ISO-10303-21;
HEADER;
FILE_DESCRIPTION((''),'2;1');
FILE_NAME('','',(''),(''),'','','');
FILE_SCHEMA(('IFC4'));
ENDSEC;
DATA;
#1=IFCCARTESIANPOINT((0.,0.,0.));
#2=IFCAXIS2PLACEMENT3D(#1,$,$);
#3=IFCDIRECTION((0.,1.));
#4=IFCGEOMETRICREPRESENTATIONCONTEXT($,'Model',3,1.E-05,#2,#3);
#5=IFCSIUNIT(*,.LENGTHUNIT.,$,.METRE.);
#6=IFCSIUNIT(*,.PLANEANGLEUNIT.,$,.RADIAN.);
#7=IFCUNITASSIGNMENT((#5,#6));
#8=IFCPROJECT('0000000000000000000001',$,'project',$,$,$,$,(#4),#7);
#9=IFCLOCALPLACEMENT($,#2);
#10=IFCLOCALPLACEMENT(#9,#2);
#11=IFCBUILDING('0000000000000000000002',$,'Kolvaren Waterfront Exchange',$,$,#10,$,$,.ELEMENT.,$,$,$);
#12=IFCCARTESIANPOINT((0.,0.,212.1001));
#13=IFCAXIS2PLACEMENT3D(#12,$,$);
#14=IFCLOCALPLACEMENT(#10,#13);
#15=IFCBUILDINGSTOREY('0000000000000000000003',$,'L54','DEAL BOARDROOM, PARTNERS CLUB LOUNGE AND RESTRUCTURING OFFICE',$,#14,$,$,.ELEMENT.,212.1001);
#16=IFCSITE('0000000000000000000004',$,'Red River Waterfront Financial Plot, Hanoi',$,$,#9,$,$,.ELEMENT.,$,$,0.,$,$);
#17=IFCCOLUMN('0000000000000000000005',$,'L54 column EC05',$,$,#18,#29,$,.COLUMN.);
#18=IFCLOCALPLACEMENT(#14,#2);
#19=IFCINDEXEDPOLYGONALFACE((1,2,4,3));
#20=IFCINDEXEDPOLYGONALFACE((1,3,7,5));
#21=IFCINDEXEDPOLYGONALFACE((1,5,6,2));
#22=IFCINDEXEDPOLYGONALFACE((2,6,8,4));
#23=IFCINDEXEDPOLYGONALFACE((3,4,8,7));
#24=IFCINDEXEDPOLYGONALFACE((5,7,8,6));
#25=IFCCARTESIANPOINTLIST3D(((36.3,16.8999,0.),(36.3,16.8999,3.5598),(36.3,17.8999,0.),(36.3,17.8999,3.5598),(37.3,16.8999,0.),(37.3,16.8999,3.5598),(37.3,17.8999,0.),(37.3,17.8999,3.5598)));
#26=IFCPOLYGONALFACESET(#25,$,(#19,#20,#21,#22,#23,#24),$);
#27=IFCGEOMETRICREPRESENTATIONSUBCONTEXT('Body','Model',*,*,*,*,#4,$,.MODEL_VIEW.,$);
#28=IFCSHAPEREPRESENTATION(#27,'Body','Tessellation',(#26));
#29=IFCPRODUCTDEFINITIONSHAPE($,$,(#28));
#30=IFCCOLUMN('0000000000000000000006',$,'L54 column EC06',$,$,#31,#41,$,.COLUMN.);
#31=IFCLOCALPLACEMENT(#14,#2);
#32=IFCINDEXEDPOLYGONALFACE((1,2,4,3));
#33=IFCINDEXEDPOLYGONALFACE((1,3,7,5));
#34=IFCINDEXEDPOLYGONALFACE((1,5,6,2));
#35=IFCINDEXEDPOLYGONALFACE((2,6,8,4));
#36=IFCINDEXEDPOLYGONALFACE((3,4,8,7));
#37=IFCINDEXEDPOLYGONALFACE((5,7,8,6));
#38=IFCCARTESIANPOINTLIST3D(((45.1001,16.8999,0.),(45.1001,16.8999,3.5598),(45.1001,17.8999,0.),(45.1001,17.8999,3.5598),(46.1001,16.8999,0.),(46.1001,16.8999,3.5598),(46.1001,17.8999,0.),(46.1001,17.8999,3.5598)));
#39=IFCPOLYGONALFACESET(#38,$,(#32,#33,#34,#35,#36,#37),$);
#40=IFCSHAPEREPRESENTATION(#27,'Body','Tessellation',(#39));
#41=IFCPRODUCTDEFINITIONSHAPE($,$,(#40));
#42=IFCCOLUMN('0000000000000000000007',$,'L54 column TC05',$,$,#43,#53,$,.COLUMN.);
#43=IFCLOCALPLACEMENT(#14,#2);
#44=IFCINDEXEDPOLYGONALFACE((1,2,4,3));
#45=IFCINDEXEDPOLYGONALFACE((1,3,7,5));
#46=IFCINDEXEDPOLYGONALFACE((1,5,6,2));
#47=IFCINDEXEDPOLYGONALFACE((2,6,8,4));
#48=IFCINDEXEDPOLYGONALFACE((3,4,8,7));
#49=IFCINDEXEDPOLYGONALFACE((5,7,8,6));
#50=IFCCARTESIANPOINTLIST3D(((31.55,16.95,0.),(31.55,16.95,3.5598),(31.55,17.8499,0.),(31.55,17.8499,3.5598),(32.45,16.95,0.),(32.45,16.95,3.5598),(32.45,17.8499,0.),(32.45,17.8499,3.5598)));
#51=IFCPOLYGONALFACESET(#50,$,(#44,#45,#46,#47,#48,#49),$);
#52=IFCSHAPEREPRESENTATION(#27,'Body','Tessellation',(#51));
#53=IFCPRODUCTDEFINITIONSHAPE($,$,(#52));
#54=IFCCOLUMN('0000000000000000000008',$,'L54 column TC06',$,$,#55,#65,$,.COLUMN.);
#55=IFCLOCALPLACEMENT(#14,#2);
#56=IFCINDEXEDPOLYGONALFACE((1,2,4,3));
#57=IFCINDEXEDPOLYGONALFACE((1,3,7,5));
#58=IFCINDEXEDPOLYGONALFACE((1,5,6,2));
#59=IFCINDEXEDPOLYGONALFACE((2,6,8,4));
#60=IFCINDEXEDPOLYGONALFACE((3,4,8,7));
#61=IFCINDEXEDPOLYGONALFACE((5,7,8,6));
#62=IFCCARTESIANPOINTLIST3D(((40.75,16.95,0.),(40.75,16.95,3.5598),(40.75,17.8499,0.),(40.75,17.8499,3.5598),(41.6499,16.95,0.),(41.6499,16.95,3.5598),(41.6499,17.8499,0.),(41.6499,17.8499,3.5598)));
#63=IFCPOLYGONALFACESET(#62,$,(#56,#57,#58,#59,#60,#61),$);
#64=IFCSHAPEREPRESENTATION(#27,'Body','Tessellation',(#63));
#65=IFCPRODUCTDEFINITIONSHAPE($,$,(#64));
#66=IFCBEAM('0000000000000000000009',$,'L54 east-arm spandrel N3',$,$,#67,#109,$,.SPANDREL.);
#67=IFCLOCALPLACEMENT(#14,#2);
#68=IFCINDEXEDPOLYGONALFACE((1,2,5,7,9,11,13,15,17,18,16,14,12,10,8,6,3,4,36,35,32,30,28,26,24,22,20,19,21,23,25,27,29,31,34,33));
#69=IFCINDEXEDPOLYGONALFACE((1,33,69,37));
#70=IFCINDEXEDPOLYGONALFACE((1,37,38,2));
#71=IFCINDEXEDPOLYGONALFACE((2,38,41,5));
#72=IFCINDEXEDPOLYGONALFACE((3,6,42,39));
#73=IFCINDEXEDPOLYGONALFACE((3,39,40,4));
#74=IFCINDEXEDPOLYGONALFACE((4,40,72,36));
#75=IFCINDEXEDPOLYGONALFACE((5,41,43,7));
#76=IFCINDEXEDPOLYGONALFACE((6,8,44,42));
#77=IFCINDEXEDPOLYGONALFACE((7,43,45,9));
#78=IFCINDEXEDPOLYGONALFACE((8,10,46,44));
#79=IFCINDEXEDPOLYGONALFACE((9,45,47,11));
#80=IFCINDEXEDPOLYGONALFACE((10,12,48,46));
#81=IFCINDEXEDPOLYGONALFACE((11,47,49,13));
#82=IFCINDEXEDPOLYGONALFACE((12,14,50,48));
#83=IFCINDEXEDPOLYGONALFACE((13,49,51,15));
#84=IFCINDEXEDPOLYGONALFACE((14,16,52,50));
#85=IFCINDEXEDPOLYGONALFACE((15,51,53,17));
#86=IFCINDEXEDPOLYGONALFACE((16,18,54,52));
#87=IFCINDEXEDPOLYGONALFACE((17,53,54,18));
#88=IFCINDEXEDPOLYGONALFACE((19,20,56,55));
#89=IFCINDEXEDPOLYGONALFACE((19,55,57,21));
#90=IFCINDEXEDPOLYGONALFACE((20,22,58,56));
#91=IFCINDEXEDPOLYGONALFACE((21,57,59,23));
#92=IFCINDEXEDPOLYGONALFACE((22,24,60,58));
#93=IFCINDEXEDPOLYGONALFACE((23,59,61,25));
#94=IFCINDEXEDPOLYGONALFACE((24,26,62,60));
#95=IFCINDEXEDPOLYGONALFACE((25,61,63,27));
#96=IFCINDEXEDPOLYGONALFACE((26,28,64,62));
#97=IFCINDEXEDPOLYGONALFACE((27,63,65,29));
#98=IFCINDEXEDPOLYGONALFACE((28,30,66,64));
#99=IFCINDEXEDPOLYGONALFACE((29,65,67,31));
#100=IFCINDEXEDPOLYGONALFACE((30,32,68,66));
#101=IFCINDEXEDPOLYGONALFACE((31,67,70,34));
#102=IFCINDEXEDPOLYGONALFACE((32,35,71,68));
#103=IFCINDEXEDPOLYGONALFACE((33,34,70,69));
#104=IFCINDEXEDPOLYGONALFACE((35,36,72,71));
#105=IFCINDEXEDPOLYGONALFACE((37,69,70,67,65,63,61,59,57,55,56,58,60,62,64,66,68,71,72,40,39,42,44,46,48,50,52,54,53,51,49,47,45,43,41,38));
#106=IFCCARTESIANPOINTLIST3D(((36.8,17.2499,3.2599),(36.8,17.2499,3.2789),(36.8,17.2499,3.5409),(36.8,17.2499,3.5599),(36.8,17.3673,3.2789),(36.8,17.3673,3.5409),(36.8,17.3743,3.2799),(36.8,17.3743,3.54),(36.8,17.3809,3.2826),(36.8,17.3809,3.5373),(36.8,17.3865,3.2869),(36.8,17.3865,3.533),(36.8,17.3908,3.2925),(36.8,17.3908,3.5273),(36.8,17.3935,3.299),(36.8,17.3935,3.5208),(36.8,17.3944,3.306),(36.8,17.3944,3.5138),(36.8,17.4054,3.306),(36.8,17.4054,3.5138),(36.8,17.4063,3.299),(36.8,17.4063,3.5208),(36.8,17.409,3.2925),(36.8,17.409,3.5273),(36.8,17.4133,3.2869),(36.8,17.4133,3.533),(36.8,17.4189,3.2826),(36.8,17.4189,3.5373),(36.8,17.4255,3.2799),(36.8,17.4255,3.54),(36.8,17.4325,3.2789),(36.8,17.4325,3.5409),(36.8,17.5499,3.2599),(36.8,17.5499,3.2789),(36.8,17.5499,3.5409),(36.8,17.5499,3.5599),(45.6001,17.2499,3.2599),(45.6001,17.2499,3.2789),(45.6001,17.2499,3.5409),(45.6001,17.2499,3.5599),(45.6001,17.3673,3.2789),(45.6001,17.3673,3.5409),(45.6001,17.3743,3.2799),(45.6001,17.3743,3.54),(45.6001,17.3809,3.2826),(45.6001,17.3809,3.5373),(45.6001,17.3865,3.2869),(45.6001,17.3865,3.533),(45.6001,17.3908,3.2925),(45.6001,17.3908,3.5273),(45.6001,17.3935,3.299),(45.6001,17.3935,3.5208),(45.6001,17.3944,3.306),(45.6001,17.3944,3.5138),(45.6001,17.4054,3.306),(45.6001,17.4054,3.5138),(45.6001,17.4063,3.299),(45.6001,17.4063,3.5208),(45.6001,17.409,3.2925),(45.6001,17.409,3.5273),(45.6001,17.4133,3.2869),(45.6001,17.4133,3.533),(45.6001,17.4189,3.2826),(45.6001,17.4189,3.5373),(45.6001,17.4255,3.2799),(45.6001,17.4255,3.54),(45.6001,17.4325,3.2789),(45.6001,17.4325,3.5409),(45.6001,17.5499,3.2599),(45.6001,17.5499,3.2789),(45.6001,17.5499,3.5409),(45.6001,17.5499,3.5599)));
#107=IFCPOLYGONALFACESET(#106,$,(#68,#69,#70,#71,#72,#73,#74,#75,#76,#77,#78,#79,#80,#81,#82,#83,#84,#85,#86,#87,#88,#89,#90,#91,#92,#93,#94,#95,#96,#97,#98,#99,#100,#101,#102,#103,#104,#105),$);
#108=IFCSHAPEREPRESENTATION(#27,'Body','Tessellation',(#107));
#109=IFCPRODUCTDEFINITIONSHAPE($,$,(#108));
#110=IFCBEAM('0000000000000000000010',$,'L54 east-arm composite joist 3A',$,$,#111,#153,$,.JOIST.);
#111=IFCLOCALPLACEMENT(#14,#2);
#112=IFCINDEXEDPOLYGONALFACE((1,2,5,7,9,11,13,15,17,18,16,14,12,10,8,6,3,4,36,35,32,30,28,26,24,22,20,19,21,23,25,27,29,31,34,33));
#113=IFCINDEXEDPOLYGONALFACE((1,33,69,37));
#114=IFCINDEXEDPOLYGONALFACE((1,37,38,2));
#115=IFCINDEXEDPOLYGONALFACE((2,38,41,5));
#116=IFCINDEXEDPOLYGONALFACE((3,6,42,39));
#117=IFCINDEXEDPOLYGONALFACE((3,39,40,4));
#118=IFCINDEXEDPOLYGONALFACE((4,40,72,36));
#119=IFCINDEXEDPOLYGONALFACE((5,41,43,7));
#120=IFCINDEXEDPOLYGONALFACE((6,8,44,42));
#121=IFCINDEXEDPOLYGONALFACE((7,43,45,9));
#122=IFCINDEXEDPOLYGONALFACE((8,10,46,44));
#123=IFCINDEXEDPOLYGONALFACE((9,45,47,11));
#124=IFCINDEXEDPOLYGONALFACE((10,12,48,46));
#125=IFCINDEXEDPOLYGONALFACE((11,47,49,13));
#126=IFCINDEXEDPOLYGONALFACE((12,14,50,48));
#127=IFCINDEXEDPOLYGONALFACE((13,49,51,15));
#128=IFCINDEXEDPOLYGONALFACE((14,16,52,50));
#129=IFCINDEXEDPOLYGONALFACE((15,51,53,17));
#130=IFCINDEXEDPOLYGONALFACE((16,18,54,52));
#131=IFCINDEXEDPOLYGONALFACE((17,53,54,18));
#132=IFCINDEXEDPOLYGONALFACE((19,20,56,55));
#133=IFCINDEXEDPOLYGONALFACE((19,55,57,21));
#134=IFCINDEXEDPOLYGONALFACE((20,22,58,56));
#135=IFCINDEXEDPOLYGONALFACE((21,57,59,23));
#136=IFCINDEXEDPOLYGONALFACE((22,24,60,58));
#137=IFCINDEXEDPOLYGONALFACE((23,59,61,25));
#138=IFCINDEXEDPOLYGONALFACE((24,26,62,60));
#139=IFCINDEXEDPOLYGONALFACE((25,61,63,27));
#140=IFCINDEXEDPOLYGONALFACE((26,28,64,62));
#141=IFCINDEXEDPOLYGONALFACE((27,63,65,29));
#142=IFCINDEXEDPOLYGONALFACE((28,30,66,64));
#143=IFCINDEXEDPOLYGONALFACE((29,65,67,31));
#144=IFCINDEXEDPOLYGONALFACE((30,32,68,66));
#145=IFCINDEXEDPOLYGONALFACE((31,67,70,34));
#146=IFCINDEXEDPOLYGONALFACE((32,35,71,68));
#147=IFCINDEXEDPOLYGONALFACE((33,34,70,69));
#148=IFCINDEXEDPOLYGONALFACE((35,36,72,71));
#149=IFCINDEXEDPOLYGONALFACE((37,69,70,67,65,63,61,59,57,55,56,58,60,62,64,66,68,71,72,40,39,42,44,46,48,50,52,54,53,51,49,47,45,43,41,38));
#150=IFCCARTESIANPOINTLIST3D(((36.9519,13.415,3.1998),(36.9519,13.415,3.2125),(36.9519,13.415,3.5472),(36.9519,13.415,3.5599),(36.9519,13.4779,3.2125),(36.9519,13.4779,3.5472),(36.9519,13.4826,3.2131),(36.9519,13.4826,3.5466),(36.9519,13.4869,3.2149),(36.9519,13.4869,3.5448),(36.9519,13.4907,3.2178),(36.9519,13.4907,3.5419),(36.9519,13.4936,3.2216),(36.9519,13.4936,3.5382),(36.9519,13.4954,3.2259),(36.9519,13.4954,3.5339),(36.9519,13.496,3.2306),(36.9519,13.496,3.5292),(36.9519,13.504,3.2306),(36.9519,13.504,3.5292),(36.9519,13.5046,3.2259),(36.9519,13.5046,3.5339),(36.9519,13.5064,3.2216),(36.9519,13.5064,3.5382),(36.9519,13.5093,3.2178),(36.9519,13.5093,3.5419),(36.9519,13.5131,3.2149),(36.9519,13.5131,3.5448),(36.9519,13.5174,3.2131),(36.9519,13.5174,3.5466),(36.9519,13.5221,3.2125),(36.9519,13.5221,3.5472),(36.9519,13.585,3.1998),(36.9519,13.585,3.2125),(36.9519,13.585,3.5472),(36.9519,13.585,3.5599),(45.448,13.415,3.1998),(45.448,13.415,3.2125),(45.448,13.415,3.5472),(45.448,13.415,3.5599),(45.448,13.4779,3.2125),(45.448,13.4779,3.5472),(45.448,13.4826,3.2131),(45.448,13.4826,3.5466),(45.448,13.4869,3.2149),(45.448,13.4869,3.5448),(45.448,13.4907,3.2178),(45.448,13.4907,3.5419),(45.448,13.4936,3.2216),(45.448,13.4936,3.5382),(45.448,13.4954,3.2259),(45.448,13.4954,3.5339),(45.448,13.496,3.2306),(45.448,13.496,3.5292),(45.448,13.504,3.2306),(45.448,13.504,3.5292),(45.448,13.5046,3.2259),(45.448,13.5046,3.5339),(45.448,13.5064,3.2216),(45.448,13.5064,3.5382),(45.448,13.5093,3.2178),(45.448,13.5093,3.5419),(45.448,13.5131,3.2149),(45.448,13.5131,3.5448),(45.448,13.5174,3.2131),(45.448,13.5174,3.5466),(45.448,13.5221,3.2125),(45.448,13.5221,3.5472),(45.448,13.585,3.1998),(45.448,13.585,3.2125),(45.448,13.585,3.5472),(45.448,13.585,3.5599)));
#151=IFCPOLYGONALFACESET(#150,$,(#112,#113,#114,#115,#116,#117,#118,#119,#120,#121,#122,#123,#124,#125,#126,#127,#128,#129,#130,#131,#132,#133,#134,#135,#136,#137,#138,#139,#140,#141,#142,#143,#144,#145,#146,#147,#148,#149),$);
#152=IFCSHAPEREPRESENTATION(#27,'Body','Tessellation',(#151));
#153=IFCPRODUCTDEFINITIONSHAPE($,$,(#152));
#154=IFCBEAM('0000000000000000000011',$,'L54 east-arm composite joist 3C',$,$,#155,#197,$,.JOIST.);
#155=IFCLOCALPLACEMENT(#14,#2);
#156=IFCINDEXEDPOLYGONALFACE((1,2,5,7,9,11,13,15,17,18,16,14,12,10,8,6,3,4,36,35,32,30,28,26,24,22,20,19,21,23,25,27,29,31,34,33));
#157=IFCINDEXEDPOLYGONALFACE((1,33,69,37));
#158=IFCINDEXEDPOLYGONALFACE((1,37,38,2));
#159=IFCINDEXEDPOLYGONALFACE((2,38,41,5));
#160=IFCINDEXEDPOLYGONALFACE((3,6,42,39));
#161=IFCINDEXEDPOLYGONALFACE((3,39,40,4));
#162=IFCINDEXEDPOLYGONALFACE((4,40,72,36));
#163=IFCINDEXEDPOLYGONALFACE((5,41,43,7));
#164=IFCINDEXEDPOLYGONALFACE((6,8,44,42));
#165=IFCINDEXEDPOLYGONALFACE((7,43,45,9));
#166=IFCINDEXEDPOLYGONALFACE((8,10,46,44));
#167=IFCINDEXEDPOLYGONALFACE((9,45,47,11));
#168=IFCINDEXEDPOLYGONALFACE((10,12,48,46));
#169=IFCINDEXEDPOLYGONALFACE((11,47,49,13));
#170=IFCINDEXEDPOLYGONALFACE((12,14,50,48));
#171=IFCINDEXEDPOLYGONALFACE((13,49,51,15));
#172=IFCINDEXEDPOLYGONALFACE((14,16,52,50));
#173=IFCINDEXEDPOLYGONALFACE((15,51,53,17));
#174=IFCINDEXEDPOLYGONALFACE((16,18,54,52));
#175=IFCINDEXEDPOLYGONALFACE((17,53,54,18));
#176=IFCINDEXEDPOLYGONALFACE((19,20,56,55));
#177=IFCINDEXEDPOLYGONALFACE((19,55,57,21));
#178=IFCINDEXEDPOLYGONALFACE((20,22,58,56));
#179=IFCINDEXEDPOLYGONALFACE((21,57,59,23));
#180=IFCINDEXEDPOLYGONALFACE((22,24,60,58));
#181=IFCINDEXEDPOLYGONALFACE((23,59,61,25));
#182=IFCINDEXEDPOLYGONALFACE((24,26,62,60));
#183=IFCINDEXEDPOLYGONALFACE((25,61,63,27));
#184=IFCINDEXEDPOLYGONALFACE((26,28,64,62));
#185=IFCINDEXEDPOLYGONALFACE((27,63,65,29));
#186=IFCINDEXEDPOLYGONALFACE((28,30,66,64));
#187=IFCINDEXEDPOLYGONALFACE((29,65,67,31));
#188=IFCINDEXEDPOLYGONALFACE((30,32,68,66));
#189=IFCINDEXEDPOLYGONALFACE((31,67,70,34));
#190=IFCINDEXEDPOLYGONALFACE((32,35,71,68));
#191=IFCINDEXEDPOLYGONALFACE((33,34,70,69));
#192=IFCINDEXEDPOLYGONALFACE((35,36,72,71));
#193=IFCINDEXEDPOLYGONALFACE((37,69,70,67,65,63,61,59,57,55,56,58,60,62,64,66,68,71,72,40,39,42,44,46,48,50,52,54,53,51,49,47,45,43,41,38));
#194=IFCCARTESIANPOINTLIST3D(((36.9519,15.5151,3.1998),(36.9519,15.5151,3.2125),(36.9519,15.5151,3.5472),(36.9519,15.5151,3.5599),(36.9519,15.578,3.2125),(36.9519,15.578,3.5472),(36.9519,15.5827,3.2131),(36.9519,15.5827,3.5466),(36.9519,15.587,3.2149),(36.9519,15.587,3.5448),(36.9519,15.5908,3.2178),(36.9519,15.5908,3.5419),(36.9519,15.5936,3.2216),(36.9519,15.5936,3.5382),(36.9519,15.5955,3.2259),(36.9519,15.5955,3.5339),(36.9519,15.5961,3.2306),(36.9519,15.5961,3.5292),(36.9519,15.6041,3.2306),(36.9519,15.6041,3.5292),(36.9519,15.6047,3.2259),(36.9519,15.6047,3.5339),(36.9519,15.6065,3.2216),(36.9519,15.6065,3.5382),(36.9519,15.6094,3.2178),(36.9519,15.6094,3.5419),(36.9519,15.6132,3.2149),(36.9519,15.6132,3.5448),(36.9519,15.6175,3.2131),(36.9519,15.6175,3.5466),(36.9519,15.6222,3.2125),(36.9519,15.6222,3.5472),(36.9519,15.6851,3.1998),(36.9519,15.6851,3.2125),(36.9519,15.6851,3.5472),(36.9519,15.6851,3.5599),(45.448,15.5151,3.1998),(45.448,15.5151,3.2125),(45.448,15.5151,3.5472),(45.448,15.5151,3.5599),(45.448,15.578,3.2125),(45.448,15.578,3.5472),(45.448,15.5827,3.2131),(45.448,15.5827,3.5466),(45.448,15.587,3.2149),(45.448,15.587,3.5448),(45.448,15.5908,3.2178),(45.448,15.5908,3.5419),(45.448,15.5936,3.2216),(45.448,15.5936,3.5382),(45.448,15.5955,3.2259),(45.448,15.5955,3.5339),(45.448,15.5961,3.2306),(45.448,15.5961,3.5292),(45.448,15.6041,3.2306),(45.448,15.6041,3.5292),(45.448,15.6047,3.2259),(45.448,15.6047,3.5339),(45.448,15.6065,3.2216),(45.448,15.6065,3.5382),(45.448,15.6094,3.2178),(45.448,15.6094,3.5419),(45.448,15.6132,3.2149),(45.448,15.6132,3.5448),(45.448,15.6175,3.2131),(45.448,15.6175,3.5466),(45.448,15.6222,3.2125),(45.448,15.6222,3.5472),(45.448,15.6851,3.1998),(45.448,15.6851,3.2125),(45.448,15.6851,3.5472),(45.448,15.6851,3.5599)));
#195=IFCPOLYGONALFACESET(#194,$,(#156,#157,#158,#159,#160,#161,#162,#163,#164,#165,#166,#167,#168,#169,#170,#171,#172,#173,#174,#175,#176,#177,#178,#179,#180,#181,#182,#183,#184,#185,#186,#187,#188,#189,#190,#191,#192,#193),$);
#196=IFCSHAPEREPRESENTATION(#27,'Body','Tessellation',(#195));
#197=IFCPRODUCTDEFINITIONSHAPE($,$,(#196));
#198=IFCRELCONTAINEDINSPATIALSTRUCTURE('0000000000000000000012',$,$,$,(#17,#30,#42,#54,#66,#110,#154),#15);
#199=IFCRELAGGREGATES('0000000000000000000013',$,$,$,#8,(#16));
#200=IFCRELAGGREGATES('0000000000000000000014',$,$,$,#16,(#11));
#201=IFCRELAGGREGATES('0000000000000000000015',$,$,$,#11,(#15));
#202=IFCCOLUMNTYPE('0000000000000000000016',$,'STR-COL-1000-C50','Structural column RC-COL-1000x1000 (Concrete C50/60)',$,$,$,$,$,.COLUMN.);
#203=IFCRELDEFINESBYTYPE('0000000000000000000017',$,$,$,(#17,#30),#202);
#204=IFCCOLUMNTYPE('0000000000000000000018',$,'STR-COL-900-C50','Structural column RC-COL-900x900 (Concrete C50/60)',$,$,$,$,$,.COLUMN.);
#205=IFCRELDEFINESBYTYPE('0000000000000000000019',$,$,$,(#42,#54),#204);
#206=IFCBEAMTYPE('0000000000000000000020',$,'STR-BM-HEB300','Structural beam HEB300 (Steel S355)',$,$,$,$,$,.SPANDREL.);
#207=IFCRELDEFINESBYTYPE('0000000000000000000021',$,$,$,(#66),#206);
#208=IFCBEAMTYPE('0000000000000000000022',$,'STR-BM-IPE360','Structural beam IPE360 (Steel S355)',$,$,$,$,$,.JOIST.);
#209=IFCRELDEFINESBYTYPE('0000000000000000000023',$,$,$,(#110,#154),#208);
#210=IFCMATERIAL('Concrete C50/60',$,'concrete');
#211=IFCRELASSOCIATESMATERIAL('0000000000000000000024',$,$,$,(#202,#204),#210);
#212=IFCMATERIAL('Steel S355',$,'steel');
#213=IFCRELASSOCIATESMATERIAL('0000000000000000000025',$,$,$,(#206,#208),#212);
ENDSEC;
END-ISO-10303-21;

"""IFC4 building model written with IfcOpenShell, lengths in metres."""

from ifc_helpers import new_model, si_unit, direction, frame, origin, origin_2d, place, context, subcontext, project, spatial, rectangle, i_section, extrude, material, material_profile, profile_set, type_object, element, save


model = new_model("IFC4")

# Units and contexts
model_context = context("Model", 3, precision=1e-05, world=origin(), true_north=direction((0.0, 1.0)))
body_context = subcontext(model_context, "Body", "Model", "MODEL_VIEW")
ifc_project = project(units=[si_unit("LENGTHUNIT", "METRE"), si_unit("PLANEANGLEUNIT", "RADIAN")], contexts=[model_context])

# Site, building, storey
site_placement = place(None, origin())
site = spatial("IfcSite", under=ifc_project, at=site_placement, Name="Red River Waterfront Financial Plot, Hanoi", CompositionType="ELEMENT", RefElevation=0.0)
building_placement = place(site_placement, origin())
building = spatial("IfcBuilding", under=site, at=building_placement, Name="Kolvaren Waterfront Exchange", CompositionType="ELEMENT")
storey_placement = place(building_placement, frame((0.0, 0.0, 212.1001)))
storey = spatial("IfcBuildingStorey", under=building, at=storey_placement, Name="L54", Description="DEAL BOARDROOM, PARTNERS CLUB LOUNGE AND RESTRUCTURING OFFICE", CompositionType="ELEMENT", Elevation=212.1001)

# Columns
ifc_material_1 = material(Name="Concrete C50/60", Category="concrete")
ifc_material_profile_1 = material_profile(ifc_material_1, rectangle(XDim=1.0, YDim=1.0, at=origin_2d()), Name="RC-COL-1000x1000")
ifc_profile_set_1 = profile_set([ifc_material_profile_1], Name="Concrete C50/60")
column_type_1 = type_object("IfcColumnType", Name="STR-COL-1000-C50", Description="Structural column RC-COL-1000x1000 (Concrete C50/60)", PredefinedType="COLUMN", material=ifc_profile_set_1)
for number, where, z_axis, x_axis, name in (
    (1, (36.8, 17.3999, 0.0), (0.0, 0.0, 1.0), (1.0, 0.0, 0.0), "L54 column EC05"),
    (2, (45.6001, 17.3999, 0.0), (0.0, 0.0, 1.0), (1.0, 0.0, 0.0), "L54 column EC06"),
):
    element("IfcColumn", number, at=place(storey_placement, frame(where, z_axis=z_axis, x_axis=x_axis)), inside=storey, type_object=column_type_1, Name=name, PredefinedType="COLUMN", context=body_context, shape_type="SweptSolid", body=[
        extrude(rectangle(XDim=1.0, YDim=1.0, at=origin_2d()), origin(), (0.0, 0.0, 1.0), 3.5598),
    ])
ifc_material_profile_2 = material_profile(ifc_material_1, rectangle(XDim=0.8999, YDim=0.8999, at=origin_2d()), Name="RC-COL-900x900")
ifc_profile_set_2 = profile_set([ifc_material_profile_2], Name="Concrete C50/60")
column_type_2 = type_object("IfcColumnType", Name="STR-COL-900-C50", Description="Structural column RC-COL-900x900 (Concrete C50/60)", PredefinedType="COLUMN", material=ifc_profile_set_2)
for number, where, z_axis, x_axis, name in (
    (3, (32.0, 17.3999, 0.0), (0.0, 0.0, 1.0), (1.0, 0.0, 0.0), "L54 column TC05"),
    (4, (41.2, 17.3999, 0.0), (0.0, 0.0, 1.0), (1.0, 0.0, 0.0), "L54 column TC06"),
):
    element("IfcColumn", number, at=place(storey_placement, frame(where, z_axis=z_axis, x_axis=x_axis)), inside=storey, type_object=column_type_2, Name=name, PredefinedType="COLUMN", context=body_context, shape_type="SweptSolid", body=[
        extrude(rectangle(XDim=0.8999, YDim=0.8999, at=origin_2d()), origin(), (0.0, 0.0, 1.0), 3.5598),
    ])

# Beams
ifc_material_2 = material(Name="Steel S355", Category="steel")
ifc_material_profile_3 = material_profile(ifc_material_2, i_section(OverallWidth=0.3, OverallDepth=0.3, WebThickness=0.011, FlangeThickness=0.019, FilletRadius=0.0271, at=origin_2d()), Name="HEB300")
ifc_profile_set_3 = profile_set([ifc_material_profile_3], Name="Steel S355")
beam_type_1 = type_object("IfcBeamType", Name="STR-BM-HEB300", Description="Structural beam HEB300 (Steel S355)", PredefinedType="SPANDREL", material=ifc_profile_set_3)
beam_placement = place(storey_placement, frame((36.8, 17.3999, 3.4099), z_axis=(1.0, 0.0, 0.0), x_axis=(0.0, 1.0, 0.0)))
element("IfcBeam", 5, at=beam_placement, inside=storey, type_object=beam_type_1, Name="L54 east-arm spandrel N3", PredefinedType="SPANDREL", context=body_context, shape_type="SweptSolid", body=[
    extrude(i_section(OverallWidth=0.3, OverallDepth=0.3, WebThickness=0.011, FlangeThickness=0.019, FilletRadius=0.0271, at=origin_2d()), origin(), (0.0, 0.0, 1.0), 8.8),
])
ifc_material_profile_4 = material_profile(ifc_material_2, i_section(OverallWidth=0.1699, OverallDepth=0.3601, WebThickness=0.0081, FlangeThickness=0.0127, FilletRadius=0.0181, at=origin_2d()), Name="IPE360")
ifc_profile_set_4 = profile_set([ifc_material_profile_4], Name="Steel S355")
beam_type_2 = type_object("IfcBeamType", Name="STR-BM-IPE360", Description="Structural beam IPE360 (Steel S355)", PredefinedType="JOIST", material=ifc_profile_set_4)
for number, where, z_axis, x_axis, name in (
    (6, (36.9519, 13.5, 3.3799), (1.0, 0.0, 0.0), (0.0, 1.0, 0.0), "L54 east-arm composite joist 3A"),
    (7, (36.9519, 15.6001, 3.3799), (1.0, 0.0, 0.0), (0.0, 1.0, 0.0), "L54 east-arm composite joist 3C"),
):
    element("IfcBeam", number, at=place(storey_placement, frame(where, z_axis=z_axis, x_axis=x_axis)), inside=storey, type_object=beam_type_2, Name=name, PredefinedType="JOIST", context=body_context, shape_type="SweptSolid", body=[
        extrude(i_section(OverallWidth=0.1699, OverallDepth=0.3601, WebThickness=0.0081, FlangeThickness=0.0127, FilletRadius=0.0181, at=origin_2d()), origin(), (0.0, 0.0, 1.0), 8.4961),
    ])

save(model, "model.ifc")
